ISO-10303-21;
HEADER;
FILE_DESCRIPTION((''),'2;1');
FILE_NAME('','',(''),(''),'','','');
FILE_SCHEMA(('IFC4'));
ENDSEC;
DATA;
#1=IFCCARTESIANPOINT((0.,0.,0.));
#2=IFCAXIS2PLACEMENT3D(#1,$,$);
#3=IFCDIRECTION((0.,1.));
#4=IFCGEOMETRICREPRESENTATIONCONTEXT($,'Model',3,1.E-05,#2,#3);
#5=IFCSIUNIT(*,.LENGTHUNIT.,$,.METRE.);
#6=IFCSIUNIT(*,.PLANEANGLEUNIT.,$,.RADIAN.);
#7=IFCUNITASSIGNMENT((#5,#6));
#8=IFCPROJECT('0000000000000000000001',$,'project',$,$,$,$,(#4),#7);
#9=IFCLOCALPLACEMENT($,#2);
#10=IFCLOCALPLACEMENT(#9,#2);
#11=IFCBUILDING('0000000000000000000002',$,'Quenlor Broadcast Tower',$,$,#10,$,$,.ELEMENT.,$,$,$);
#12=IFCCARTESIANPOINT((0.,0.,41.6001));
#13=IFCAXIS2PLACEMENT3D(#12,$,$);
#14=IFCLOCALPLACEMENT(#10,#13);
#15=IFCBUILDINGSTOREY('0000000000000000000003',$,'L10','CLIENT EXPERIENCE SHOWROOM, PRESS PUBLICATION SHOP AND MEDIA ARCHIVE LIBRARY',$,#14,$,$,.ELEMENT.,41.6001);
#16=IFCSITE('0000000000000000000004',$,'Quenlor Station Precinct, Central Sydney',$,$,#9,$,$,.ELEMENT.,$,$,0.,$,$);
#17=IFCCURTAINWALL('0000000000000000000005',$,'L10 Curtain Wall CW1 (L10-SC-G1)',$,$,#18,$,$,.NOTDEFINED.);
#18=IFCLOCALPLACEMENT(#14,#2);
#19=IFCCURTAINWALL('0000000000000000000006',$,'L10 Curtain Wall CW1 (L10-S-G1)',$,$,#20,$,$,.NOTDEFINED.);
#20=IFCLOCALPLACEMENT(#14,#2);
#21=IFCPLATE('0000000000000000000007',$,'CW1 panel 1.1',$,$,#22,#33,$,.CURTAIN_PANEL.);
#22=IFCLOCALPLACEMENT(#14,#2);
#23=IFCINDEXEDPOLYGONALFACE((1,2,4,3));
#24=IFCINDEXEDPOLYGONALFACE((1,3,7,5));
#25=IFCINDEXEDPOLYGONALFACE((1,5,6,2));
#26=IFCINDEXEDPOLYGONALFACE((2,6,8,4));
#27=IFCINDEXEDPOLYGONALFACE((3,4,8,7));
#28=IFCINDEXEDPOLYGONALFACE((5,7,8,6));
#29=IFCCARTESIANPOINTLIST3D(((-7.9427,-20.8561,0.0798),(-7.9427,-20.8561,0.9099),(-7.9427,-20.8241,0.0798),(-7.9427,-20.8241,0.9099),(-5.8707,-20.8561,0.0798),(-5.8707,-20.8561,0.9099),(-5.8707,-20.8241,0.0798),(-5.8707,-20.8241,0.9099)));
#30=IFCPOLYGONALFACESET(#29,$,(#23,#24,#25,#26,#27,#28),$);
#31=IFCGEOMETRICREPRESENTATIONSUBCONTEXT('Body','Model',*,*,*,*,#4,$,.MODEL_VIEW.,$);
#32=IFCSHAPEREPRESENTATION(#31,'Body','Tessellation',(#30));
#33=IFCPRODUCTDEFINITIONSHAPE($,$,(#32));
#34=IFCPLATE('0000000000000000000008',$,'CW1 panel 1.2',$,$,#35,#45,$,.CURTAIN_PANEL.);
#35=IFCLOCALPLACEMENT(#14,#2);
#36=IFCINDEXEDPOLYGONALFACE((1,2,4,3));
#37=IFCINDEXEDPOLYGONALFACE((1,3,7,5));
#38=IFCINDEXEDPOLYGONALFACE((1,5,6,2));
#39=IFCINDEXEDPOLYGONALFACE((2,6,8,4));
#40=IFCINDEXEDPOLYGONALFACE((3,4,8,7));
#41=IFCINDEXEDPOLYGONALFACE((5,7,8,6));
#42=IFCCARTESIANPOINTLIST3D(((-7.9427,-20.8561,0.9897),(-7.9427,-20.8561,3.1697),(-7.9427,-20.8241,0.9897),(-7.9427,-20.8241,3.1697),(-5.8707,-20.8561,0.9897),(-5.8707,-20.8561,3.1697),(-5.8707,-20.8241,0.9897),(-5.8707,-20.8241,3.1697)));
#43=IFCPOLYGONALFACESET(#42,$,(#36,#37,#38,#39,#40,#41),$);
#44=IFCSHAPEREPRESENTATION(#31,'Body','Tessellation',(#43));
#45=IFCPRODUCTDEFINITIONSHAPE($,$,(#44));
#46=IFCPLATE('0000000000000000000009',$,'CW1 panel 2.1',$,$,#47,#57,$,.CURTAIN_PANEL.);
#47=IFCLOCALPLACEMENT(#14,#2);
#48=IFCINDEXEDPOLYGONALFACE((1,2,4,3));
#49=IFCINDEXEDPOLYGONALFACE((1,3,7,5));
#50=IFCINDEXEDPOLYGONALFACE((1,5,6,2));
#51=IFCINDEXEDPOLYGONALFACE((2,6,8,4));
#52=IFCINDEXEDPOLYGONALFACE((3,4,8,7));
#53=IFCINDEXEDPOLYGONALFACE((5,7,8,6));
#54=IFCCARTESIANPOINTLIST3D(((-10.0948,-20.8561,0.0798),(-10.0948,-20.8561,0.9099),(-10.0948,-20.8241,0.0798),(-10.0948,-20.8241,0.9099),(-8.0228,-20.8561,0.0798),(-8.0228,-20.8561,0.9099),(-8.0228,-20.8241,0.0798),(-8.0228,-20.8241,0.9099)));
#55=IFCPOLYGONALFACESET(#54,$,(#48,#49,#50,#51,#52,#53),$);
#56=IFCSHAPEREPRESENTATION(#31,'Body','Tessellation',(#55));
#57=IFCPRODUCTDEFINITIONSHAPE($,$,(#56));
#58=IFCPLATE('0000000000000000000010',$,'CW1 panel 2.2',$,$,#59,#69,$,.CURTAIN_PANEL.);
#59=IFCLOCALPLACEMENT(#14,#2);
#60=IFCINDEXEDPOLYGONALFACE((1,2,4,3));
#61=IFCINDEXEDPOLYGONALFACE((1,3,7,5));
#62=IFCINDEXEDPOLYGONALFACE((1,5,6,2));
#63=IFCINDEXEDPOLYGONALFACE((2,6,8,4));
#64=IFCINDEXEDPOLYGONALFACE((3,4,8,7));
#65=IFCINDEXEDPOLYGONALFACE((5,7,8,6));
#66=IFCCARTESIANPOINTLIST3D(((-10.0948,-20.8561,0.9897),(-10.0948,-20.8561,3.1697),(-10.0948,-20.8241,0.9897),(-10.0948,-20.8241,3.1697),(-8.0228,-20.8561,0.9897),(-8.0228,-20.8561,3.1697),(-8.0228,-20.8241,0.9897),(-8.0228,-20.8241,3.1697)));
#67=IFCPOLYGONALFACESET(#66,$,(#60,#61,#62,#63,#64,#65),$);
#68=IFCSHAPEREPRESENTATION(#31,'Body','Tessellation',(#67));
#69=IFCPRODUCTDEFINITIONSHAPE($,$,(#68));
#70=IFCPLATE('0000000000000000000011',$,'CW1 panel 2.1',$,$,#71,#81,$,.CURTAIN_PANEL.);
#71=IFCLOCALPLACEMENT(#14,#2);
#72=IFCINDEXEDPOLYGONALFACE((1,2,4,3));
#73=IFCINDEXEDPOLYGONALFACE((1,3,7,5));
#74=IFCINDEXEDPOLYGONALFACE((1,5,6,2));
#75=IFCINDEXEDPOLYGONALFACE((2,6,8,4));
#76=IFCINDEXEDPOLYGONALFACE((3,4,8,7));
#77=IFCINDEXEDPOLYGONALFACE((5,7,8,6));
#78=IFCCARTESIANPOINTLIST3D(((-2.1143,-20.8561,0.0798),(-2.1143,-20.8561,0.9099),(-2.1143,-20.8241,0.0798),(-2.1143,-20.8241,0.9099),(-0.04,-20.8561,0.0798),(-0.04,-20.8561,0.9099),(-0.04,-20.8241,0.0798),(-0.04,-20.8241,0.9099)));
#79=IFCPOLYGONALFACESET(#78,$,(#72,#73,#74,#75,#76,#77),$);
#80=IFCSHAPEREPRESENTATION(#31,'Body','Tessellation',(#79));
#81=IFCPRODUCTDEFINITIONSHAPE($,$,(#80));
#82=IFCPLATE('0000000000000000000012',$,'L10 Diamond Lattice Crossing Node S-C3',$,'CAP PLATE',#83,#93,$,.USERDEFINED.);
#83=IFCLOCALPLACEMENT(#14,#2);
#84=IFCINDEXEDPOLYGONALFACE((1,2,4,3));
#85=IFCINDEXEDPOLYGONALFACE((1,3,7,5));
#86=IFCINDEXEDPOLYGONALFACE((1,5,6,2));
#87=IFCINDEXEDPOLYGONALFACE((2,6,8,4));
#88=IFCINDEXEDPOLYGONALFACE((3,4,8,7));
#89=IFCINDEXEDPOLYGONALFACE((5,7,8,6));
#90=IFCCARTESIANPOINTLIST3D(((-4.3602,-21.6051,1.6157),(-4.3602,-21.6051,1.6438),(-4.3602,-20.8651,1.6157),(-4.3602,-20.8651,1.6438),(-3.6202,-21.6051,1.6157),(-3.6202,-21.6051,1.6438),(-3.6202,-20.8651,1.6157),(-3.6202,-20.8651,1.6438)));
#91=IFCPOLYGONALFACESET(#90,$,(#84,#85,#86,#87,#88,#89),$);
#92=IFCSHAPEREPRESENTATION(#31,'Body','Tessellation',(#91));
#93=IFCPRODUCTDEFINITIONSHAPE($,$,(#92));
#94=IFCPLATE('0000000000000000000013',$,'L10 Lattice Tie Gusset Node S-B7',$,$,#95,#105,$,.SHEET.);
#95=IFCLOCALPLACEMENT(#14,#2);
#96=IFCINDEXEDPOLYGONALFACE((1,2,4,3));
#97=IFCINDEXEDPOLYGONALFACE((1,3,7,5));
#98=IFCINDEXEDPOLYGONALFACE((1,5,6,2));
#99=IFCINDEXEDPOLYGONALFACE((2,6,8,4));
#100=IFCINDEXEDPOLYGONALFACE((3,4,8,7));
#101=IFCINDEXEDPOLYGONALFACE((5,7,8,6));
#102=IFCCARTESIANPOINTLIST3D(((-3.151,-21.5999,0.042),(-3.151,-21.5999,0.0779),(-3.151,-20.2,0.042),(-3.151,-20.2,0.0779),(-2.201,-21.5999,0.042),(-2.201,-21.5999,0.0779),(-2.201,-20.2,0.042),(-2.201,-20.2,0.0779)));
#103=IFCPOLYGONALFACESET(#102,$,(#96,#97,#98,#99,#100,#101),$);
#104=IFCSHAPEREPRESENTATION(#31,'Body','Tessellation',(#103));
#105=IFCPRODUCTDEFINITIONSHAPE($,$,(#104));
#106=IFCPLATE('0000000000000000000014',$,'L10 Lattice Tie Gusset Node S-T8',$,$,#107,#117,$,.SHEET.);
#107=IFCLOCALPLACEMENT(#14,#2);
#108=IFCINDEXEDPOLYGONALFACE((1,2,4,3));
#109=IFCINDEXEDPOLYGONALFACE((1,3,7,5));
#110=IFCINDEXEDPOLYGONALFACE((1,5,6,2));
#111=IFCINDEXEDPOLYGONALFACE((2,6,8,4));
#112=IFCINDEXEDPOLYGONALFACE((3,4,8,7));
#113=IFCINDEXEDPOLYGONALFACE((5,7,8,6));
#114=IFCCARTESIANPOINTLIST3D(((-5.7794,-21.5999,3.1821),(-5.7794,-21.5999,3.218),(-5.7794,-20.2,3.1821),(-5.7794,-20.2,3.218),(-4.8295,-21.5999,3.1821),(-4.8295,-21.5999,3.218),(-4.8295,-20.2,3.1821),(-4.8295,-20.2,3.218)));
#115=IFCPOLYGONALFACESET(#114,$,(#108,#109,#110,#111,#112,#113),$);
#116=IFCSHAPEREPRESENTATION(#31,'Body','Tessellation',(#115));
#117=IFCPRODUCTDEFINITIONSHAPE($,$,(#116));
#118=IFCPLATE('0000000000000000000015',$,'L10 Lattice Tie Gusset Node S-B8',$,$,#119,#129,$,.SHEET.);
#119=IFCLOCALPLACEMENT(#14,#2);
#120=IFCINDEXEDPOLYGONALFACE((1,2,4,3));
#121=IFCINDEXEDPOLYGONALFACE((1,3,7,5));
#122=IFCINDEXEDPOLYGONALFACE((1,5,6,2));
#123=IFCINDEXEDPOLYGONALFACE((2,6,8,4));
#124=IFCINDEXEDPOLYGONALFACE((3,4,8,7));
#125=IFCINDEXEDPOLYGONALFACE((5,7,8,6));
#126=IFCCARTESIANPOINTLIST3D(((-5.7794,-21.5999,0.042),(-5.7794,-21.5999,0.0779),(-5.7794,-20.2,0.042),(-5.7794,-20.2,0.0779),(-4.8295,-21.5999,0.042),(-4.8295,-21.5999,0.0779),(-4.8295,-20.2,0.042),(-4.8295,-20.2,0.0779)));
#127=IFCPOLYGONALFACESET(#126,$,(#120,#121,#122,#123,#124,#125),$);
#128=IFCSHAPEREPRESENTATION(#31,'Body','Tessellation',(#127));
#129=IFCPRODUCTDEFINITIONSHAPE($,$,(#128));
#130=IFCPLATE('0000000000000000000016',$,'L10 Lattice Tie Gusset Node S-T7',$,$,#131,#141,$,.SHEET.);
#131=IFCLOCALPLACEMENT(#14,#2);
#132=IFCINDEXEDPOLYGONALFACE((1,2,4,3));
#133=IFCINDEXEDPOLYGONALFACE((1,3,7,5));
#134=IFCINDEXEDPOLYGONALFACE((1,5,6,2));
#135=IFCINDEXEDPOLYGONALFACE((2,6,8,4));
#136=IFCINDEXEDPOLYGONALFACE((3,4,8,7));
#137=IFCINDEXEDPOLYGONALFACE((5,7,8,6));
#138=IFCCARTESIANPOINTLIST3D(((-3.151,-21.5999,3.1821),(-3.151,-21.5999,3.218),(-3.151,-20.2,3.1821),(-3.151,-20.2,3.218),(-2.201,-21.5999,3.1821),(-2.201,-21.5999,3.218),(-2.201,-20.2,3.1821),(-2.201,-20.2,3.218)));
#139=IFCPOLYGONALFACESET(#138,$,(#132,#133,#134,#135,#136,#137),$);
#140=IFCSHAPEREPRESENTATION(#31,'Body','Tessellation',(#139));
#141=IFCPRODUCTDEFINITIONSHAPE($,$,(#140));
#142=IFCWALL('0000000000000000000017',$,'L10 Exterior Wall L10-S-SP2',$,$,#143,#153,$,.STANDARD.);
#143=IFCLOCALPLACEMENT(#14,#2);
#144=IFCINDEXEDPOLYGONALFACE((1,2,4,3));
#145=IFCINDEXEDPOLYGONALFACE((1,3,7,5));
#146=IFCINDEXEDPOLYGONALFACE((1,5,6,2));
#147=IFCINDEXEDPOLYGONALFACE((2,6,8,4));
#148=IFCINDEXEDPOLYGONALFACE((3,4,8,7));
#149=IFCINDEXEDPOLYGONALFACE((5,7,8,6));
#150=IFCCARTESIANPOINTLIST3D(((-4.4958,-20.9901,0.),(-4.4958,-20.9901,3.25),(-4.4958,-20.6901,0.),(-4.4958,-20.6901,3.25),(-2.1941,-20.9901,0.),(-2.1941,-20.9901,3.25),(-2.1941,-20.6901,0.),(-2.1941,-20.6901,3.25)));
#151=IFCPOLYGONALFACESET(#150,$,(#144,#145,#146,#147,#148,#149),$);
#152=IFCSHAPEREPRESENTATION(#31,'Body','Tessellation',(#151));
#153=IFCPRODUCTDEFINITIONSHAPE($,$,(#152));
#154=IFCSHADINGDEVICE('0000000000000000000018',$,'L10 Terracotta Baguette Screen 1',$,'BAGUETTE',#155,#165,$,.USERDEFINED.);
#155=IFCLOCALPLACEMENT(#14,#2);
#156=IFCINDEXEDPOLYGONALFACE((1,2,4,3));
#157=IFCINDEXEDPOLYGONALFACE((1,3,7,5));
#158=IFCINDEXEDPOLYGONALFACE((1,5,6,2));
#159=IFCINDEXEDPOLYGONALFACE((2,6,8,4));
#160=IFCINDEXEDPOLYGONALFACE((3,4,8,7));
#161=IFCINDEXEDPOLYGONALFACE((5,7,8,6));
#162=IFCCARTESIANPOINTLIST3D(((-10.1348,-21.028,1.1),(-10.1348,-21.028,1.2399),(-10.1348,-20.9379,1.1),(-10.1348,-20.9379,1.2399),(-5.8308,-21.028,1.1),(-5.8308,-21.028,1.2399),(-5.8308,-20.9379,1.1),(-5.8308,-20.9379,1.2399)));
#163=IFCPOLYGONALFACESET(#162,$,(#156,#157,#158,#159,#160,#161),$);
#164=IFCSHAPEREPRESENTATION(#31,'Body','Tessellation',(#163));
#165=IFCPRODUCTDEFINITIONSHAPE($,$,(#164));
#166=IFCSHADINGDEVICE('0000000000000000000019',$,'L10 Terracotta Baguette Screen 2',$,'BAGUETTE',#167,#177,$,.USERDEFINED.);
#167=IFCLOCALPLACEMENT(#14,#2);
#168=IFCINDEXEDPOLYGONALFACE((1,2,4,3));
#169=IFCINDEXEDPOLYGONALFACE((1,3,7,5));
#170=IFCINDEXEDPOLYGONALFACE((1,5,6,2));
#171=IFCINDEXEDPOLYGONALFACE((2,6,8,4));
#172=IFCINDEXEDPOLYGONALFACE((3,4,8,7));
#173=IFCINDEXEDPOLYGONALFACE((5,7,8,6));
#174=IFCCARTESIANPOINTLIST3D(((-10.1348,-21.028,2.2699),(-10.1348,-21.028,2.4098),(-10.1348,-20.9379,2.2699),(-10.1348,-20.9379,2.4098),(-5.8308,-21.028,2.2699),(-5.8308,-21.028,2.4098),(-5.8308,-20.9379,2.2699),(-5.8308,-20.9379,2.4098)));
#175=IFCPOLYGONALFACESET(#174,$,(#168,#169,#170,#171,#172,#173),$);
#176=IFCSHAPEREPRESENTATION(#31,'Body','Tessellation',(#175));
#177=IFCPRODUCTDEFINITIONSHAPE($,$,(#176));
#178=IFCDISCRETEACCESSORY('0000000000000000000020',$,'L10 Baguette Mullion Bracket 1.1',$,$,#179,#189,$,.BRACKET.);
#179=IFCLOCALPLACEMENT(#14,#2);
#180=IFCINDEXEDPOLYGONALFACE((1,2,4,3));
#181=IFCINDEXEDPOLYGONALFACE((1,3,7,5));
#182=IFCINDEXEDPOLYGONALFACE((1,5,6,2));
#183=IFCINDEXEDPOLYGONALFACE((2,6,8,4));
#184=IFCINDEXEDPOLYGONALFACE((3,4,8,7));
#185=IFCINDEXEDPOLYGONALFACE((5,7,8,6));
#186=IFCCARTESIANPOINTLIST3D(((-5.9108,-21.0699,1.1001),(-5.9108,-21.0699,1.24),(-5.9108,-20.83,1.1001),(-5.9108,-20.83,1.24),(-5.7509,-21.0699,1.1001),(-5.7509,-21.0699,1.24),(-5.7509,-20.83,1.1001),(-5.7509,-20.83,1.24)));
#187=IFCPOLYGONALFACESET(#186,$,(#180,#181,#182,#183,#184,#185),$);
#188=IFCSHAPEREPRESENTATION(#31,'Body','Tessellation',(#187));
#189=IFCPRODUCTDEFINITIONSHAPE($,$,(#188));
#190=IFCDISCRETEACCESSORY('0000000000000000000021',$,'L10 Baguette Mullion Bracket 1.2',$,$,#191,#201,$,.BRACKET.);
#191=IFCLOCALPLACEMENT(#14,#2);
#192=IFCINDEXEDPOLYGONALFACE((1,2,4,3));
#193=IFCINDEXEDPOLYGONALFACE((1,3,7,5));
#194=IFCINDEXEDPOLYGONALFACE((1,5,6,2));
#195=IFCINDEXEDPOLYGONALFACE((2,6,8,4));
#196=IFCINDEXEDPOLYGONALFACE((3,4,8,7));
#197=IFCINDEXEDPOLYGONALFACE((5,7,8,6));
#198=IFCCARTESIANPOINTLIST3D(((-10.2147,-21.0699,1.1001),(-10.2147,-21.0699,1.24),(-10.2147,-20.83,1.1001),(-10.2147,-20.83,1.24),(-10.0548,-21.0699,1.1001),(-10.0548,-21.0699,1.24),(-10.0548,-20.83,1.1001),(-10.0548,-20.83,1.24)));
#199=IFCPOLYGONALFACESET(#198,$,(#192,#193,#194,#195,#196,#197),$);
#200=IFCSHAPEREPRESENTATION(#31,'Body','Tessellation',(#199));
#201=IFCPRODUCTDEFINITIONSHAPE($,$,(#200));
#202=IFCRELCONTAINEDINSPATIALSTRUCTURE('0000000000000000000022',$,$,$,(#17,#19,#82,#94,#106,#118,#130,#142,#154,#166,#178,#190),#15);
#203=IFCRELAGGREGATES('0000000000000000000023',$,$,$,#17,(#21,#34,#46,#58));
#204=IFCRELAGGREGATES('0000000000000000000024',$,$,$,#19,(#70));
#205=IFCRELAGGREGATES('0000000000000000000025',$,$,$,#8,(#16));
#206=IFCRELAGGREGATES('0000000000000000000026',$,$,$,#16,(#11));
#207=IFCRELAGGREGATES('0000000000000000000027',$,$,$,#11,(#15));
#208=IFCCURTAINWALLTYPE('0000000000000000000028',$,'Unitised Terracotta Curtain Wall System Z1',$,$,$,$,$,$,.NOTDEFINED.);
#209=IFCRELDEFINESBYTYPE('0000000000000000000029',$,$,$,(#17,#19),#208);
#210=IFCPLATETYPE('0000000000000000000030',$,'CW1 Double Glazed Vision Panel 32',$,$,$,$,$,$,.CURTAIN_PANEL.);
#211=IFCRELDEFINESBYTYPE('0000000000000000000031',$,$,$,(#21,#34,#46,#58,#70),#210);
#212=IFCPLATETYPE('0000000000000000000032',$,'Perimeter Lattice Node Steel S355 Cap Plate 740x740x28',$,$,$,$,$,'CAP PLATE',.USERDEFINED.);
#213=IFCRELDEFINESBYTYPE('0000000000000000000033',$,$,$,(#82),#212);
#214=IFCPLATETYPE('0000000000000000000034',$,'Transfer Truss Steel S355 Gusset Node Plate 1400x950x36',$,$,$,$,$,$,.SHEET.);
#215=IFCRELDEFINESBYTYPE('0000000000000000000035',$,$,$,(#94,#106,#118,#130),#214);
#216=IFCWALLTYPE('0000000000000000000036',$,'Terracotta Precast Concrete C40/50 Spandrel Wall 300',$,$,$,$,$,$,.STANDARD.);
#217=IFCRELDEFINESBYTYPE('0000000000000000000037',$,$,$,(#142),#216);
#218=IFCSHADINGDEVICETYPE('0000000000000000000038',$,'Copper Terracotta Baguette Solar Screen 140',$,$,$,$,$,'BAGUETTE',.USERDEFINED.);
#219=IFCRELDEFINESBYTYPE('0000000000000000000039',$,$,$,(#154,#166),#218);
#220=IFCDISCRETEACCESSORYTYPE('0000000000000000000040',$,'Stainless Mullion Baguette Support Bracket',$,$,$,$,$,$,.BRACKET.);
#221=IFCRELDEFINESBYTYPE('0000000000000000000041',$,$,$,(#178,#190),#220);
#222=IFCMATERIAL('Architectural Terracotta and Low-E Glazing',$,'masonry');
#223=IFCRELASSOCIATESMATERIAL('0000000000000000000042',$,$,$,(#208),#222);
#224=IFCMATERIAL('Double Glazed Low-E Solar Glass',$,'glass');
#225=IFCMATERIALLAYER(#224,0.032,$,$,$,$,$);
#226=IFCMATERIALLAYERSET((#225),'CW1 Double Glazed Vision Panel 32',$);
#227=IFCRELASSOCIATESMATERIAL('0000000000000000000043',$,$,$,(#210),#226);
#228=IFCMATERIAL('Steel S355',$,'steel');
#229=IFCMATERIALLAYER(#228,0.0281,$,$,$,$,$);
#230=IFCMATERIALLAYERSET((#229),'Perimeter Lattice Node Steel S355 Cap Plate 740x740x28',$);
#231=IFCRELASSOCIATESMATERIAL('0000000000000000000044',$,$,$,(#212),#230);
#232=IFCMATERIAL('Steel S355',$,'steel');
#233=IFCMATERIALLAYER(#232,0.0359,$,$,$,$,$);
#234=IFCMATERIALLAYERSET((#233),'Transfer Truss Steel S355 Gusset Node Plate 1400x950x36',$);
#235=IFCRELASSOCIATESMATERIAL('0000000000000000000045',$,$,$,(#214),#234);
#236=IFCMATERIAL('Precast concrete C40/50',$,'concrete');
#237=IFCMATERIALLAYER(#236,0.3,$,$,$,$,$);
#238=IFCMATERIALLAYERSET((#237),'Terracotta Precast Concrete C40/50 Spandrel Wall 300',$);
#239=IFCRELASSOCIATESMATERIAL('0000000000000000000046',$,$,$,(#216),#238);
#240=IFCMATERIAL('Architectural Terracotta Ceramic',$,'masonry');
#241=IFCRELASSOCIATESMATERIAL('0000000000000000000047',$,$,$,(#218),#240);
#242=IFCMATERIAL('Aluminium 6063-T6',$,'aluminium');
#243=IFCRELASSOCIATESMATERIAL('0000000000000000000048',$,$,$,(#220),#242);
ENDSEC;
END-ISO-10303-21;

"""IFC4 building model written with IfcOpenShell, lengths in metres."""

from ifc_helpers import new_model, si_unit, direction, frame, frame_2d, origin, origin_2d, place, context, subcontext, project, spatial, rectangle, extrude, material, layer, layer_set, material_profile, profile_set, type_object, element, aggregate, save


model = new_model("IFC4")

# Units and contexts
model_context = context("Model", 3, precision=1e-05, world=origin(), true_north=direction((0.0, 1.0)))
body_context = subcontext(model_context, "Body", "Model", "MODEL_VIEW")
ifc_project = project(units=[si_unit("LENGTHUNIT", "METRE"), si_unit("PLANEANGLEUNIT", "RADIAN")], contexts=[model_context])

# Site, building, storey
site_placement = place(None, origin())
site = spatial("IfcSite", under=ifc_project, at=site_placement, Name="Quenlor Station Precinct, Central Sydney", CompositionType="ELEMENT", RefElevation=0.0)
building_placement = place(site_placement, origin())
building = spatial("IfcBuilding", under=site, at=building_placement, Name="Quenlor Broadcast Tower", CompositionType="ELEMENT")
storey_placement = place(building_placement, frame((0.0, 0.0, 41.6001)))
storey = spatial("IfcBuildingStorey", under=building, at=storey_placement, Name="L10", Description="CLIENT EXPERIENCE SHOWROOM, PRESS PUBLICATION SHOP AND MEDIA ARCHIVE LIBRARY", CompositionType="ELEMENT", Elevation=41.6001)

# Curtain wall
ifc_material_1 = material(Name="Architectural Terracotta and Low-E Glazing", Category="masonry")
curtain_wall_type = type_object("IfcCurtainWallType", Name="Unitised Terracotta Curtain Wall System Z1", PredefinedType="NOTDEFINED", material=ifc_material_1)
curtain_wall_1_placement = place(storey_placement, origin())
curtain_wall_1 = element("IfcCurtainWall", 1, at=curtain_wall_1_placement, inside=storey, type_object=curtain_wall_type, Name="L10 Curtain Wall CW1 (L10-SC-G1)", PredefinedType="NOTDEFINED")

# Curtain wall
curtain_wall_2_placement = place(storey_placement, origin())
curtain_wall_2 = element("IfcCurtainWall", 2, at=curtain_wall_2_placement, inside=storey, type_object=curtain_wall_type, Name="L10 Curtain Wall CW1 (L10-S-G1)", PredefinedType="NOTDEFINED")

# Plates
ifc_material_2 = material(Name="Double Glazed Low-E Solar Glass", Category="glass")
ifc_layer_1 = layer(ifc_material_2, 0.032)
ifc_layer_set_1 = layer_set([ifc_layer_1], Name="CW1 Double Glazed Vision Panel 32")
plate_type_1 = type_object("IfcPlateType", Name="CW1 Double Glazed Vision Panel 32", PredefinedType="CURTAIN_PANEL", material=ifc_layer_set_1)
plate_1_placement = place(storey_placement, frame((-6.9067, -20.8401, 0.0798), z_axis=(0.0, 0.0, 1.0), x_axis=(-1.0, 0.0, 0.0)))
plate_1 = element("IfcPlate", 3, at=plate_1_placement, type_object=plate_type_1, Name="CW1 panel 1.1", PredefinedType="CURTAIN_PANEL", context=body_context, shape_type="SweptSolid", body=[
    extrude(rectangle(XDim=2.072, YDim=0.032, at=origin_2d()), origin(), (0.0, 0.0, 1.0), 0.8301),
])
plate_2_placement = place(storey_placement, frame((-6.9067, -20.8401, 0.9897), z_axis=(0.0, 0.0, 1.0), x_axis=(-1.0, 0.0, 0.0)))
plate_2 = element("IfcPlate", 4, at=plate_2_placement, type_object=plate_type_1, Name="CW1 panel 1.2", PredefinedType="CURTAIN_PANEL", context=body_context, shape_type="SweptSolid", body=[
    extrude(rectangle(XDim=2.072, YDim=0.032, at=origin_2d()), origin(), (0.0, 0.0, 1.0), 2.1799),
])
plate_3_placement = place(storey_placement, frame((-9.0588, -20.8401, 0.0798), z_axis=(0.0, 0.0, 1.0), x_axis=(-1.0, 0.0, 0.0)))
plate_3 = element("IfcPlate", 5, at=plate_3_placement, type_object=plate_type_1, Name="CW1 panel 2.1", PredefinedType="CURTAIN_PANEL", context=body_context, shape_type="SweptSolid", body=[
    extrude(rectangle(XDim=2.072, YDim=0.032, at=origin_2d()), origin(), (0.0, 0.0, 1.0), 0.8301),
])
plate_4_placement = place(storey_placement, frame((-9.0588, -20.8401, 0.9897), z_axis=(0.0, 0.0, 1.0), x_axis=(-1.0, 0.0, 0.0)))
plate_4 = element("IfcPlate", 6, at=plate_4_placement, type_object=plate_type_1, Name="CW1 panel 2.2", PredefinedType="CURTAIN_PANEL", context=body_context, shape_type="SweptSolid", body=[
    extrude(rectangle(XDim=2.072, YDim=0.032, at=origin_2d()), origin(), (0.0, 0.0, 1.0), 2.1799),
])
aggregate(curtain_wall_1, [plate_1, plate_2, plate_3, plate_4])
plate_5_placement = place(storey_placement, frame((-1.0771, -20.8401, 0.0798), z_axis=(0.0, 0.0, 1.0), x_axis=(-1.0, 0.0, 0.0)))
plate_5 = element("IfcPlate", 7, at=plate_5_placement, type_object=plate_type_1, Name="CW1 panel 2.1", PredefinedType="CURTAIN_PANEL", context=body_context, shape_type="SweptSolid", body=[
    extrude(rectangle(XDim=2.0742, YDim=0.032, at=origin_2d()), origin(), (0.0, 0.0, 1.0), 0.8301),
])
aggregate(curtain_wall_2, [plate_5])

# Plates
ifc_material_3 = material(Name="Steel S355", Category="steel")
ifc_layer_2 = layer(ifc_material_3, 0.0281)
ifc_layer_set_2 = layer_set([ifc_layer_2], Name="Perimeter Lattice Node Steel S355 Cap Plate 740x740x28")
plate_type_2 = type_object("IfcPlateType", Name="Perimeter Lattice Node Steel S355 Cap Plate 740x740x28", ElementType="CAP PLATE", PredefinedType="USERDEFINED", material=ifc_layer_set_2)
plate_6_placement = place(storey_placement, frame((-3.9902, -21.2351, 1.6157), z_axis=(0.0, 0.0, 1.0), x_axis=(-1.0, 0.0, 0.0)))
element("IfcPlate", 8, at=plate_6_placement, inside=storey, type_object=plate_type_2, Name="L10 Diamond Lattice Crossing Node S-C3", ObjectType="CAP PLATE", PredefinedType="USERDEFINED", context=body_context, shape_type="SweptSolid", body=[
    extrude(rectangle(XDim=0.74, YDim=0.74, at=origin_2d()), origin(), (0.0, 0.0, 1.0), 0.0281),
])
ifc_material_4 = material(Name="Steel S355", Category="steel")
ifc_layer_3 = layer(ifc_material_4, 0.0359)
ifc_layer_set_3 = layer_set([ifc_layer_3], Name="Transfer Truss Steel S355 Gusset Node Plate 1400x950x36")
plate_type_3 = type_object("IfcPlateType", Name="Transfer Truss Steel S355 Gusset Node Plate 1400x950x36", PredefinedType="SHEET", material=ifc_layer_set_3)
for number, where, z_axis, x_axis, name in (
    (9, (-2.676, -20.8999, 0.042), (0.0, 0.0, 1.0), (0.0, -1.0, 0.0), "L10 Lattice Tie Gusset Node S-B7"),
    (10, (-5.3044, -20.8999, 3.1821), (0.0, 0.0, 1.0), (0.0, -1.0, 0.0), "L10 Lattice Tie Gusset Node S-T8"),
    (11, (-5.3044, -20.8999, 0.042), (0.0, 0.0, 1.0), (0.0, -1.0, 0.0), "L10 Lattice Tie Gusset Node S-B8"),
    (12, (-2.676, -20.8999, 3.1821), (0.0, 0.0, 1.0), (0.0, -1.0, 0.0), "L10 Lattice Tie Gusset Node S-T7"),
):
    element("IfcPlate", number, at=place(storey_placement, frame(where, z_axis=z_axis, x_axis=x_axis)), inside=storey, type_object=plate_type_3, Name=name, PredefinedType="SHEET", context=body_context, shape_type="SweptSolid", body=[
        extrude(rectangle(XDim=1.3999, YDim=0.95, at=origin_2d()), origin(), (0.0, 0.0, 1.0), 0.0359),
    ])

# Wall
ifc_material_5 = material(Name="Precast concrete C40/50", Category="concrete")
ifc_layer_4 = layer(ifc_material_5, 0.3)
ifc_layer_set_4 = layer_set([ifc_layer_4], Name="Terracotta Precast Concrete C40/50 Spandrel Wall 300")
wall_type = type_object("IfcWallType", Name="Terracotta Precast Concrete C40/50 Spandrel Wall 300", PredefinedType="STANDARD", material=ifc_layer_set_4)
wall_placement = place(storey_placement, frame((-2.1941, -20.8401, 0.0), z_axis=(0.0, 0.0, 1.0), x_axis=(-1.0, 0.0, 0.0)))
element("IfcWall", 13, at=wall_placement, inside=storey, type_object=wall_type, Name="L10 Exterior Wall L10-S-SP2", PredefinedType="STANDARD", context=body_context, shape_type="SweptSolid", body=[
    extrude(rectangle(XDim=2.3018, YDim=0.3, at=frame_2d((1.1509, 0.0))), origin(), (0.0, 0.0, 1.0), 3.25),
])

# Shading devices
ifc_material_6 = material(Name="Architectural Terracotta Ceramic", Category="masonry")
ifc_material_profile_1 = material_profile(ifc_material_6, rectangle(XDim=0.0901, YDim=0.1399, at=origin_2d()))
ifc_profile_set_1 = profile_set([ifc_material_profile_1], Name="Architectural Terracotta Ceramic BAG90x140")
shading_device_type = type_object("IfcShadingDeviceType", Name="Copper Terracotta Baguette Solar Screen 140", ElementType="BAGUETTE", PredefinedType="USERDEFINED", material=ifc_profile_set_1)
for number, where, z_axis, x_axis, name in (
    (14, (-5.8308, -20.9829, 1.1699), (-1.0, 0.0, 0.0), (0.0, -1.0, 0.0), "L10 Terracotta Baguette Screen 1"),
    (15, (-5.8308, -20.9829, 2.3398), (-1.0, 0.0, 0.0), (0.0, -1.0, 0.0), "L10 Terracotta Baguette Screen 2"),
):
    element("IfcShadingDevice", number, at=place(storey_placement, frame(where, z_axis=z_axis, x_axis=x_axis)), inside=storey, type_object=shading_device_type, Name=name, ObjectType="BAGUETTE", PredefinedType="USERDEFINED", context=body_context, shape_type="SweptSolid", body=[
        extrude(rectangle(XDim=0.0901, YDim=0.1399, at=origin_2d()), origin(), (0.0, 0.0, 1.0), 4.304),
    ])

# Discrete accessories
ifc_material_7 = material(Name="Aluminium 6063-T6", Category="aluminium")
discrete_accessory_type = type_object("IfcDiscreteAccessoryType", Name="Stainless Mullion Baguette Support Bracket", PredefinedType="BRACKET", material=ifc_material_7)
for number, where, z_axis, x_axis, name in (
    (16, (-5.8308, -20.95, 1.1001), (0.0, 0.0, 1.0), (-1.0, 0.0, 0.0), "L10 Baguette Mullion Bracket 1.1"),
    (17, (-10.1348, -20.95, 1.1001), (0.0, 0.0, 1.0), (-1.0, 0.0, 0.0), "L10 Baguette Mullion Bracket 1.2"),
):
    element("IfcDiscreteAccessory", number, at=place(storey_placement, frame(where, z_axis=z_axis, x_axis=x_axis)), inside=storey, type_object=discrete_accessory_type, Name=name, PredefinedType="BRACKET", context=body_context, shape_type="SweptSolid", body=[
        extrude(rectangle(XDim=0.1599, YDim=0.24, at=origin_2d()), origin(), (0.0, 0.0, 1.0), 0.1399),
    ])

save(model, "model.ifc")
